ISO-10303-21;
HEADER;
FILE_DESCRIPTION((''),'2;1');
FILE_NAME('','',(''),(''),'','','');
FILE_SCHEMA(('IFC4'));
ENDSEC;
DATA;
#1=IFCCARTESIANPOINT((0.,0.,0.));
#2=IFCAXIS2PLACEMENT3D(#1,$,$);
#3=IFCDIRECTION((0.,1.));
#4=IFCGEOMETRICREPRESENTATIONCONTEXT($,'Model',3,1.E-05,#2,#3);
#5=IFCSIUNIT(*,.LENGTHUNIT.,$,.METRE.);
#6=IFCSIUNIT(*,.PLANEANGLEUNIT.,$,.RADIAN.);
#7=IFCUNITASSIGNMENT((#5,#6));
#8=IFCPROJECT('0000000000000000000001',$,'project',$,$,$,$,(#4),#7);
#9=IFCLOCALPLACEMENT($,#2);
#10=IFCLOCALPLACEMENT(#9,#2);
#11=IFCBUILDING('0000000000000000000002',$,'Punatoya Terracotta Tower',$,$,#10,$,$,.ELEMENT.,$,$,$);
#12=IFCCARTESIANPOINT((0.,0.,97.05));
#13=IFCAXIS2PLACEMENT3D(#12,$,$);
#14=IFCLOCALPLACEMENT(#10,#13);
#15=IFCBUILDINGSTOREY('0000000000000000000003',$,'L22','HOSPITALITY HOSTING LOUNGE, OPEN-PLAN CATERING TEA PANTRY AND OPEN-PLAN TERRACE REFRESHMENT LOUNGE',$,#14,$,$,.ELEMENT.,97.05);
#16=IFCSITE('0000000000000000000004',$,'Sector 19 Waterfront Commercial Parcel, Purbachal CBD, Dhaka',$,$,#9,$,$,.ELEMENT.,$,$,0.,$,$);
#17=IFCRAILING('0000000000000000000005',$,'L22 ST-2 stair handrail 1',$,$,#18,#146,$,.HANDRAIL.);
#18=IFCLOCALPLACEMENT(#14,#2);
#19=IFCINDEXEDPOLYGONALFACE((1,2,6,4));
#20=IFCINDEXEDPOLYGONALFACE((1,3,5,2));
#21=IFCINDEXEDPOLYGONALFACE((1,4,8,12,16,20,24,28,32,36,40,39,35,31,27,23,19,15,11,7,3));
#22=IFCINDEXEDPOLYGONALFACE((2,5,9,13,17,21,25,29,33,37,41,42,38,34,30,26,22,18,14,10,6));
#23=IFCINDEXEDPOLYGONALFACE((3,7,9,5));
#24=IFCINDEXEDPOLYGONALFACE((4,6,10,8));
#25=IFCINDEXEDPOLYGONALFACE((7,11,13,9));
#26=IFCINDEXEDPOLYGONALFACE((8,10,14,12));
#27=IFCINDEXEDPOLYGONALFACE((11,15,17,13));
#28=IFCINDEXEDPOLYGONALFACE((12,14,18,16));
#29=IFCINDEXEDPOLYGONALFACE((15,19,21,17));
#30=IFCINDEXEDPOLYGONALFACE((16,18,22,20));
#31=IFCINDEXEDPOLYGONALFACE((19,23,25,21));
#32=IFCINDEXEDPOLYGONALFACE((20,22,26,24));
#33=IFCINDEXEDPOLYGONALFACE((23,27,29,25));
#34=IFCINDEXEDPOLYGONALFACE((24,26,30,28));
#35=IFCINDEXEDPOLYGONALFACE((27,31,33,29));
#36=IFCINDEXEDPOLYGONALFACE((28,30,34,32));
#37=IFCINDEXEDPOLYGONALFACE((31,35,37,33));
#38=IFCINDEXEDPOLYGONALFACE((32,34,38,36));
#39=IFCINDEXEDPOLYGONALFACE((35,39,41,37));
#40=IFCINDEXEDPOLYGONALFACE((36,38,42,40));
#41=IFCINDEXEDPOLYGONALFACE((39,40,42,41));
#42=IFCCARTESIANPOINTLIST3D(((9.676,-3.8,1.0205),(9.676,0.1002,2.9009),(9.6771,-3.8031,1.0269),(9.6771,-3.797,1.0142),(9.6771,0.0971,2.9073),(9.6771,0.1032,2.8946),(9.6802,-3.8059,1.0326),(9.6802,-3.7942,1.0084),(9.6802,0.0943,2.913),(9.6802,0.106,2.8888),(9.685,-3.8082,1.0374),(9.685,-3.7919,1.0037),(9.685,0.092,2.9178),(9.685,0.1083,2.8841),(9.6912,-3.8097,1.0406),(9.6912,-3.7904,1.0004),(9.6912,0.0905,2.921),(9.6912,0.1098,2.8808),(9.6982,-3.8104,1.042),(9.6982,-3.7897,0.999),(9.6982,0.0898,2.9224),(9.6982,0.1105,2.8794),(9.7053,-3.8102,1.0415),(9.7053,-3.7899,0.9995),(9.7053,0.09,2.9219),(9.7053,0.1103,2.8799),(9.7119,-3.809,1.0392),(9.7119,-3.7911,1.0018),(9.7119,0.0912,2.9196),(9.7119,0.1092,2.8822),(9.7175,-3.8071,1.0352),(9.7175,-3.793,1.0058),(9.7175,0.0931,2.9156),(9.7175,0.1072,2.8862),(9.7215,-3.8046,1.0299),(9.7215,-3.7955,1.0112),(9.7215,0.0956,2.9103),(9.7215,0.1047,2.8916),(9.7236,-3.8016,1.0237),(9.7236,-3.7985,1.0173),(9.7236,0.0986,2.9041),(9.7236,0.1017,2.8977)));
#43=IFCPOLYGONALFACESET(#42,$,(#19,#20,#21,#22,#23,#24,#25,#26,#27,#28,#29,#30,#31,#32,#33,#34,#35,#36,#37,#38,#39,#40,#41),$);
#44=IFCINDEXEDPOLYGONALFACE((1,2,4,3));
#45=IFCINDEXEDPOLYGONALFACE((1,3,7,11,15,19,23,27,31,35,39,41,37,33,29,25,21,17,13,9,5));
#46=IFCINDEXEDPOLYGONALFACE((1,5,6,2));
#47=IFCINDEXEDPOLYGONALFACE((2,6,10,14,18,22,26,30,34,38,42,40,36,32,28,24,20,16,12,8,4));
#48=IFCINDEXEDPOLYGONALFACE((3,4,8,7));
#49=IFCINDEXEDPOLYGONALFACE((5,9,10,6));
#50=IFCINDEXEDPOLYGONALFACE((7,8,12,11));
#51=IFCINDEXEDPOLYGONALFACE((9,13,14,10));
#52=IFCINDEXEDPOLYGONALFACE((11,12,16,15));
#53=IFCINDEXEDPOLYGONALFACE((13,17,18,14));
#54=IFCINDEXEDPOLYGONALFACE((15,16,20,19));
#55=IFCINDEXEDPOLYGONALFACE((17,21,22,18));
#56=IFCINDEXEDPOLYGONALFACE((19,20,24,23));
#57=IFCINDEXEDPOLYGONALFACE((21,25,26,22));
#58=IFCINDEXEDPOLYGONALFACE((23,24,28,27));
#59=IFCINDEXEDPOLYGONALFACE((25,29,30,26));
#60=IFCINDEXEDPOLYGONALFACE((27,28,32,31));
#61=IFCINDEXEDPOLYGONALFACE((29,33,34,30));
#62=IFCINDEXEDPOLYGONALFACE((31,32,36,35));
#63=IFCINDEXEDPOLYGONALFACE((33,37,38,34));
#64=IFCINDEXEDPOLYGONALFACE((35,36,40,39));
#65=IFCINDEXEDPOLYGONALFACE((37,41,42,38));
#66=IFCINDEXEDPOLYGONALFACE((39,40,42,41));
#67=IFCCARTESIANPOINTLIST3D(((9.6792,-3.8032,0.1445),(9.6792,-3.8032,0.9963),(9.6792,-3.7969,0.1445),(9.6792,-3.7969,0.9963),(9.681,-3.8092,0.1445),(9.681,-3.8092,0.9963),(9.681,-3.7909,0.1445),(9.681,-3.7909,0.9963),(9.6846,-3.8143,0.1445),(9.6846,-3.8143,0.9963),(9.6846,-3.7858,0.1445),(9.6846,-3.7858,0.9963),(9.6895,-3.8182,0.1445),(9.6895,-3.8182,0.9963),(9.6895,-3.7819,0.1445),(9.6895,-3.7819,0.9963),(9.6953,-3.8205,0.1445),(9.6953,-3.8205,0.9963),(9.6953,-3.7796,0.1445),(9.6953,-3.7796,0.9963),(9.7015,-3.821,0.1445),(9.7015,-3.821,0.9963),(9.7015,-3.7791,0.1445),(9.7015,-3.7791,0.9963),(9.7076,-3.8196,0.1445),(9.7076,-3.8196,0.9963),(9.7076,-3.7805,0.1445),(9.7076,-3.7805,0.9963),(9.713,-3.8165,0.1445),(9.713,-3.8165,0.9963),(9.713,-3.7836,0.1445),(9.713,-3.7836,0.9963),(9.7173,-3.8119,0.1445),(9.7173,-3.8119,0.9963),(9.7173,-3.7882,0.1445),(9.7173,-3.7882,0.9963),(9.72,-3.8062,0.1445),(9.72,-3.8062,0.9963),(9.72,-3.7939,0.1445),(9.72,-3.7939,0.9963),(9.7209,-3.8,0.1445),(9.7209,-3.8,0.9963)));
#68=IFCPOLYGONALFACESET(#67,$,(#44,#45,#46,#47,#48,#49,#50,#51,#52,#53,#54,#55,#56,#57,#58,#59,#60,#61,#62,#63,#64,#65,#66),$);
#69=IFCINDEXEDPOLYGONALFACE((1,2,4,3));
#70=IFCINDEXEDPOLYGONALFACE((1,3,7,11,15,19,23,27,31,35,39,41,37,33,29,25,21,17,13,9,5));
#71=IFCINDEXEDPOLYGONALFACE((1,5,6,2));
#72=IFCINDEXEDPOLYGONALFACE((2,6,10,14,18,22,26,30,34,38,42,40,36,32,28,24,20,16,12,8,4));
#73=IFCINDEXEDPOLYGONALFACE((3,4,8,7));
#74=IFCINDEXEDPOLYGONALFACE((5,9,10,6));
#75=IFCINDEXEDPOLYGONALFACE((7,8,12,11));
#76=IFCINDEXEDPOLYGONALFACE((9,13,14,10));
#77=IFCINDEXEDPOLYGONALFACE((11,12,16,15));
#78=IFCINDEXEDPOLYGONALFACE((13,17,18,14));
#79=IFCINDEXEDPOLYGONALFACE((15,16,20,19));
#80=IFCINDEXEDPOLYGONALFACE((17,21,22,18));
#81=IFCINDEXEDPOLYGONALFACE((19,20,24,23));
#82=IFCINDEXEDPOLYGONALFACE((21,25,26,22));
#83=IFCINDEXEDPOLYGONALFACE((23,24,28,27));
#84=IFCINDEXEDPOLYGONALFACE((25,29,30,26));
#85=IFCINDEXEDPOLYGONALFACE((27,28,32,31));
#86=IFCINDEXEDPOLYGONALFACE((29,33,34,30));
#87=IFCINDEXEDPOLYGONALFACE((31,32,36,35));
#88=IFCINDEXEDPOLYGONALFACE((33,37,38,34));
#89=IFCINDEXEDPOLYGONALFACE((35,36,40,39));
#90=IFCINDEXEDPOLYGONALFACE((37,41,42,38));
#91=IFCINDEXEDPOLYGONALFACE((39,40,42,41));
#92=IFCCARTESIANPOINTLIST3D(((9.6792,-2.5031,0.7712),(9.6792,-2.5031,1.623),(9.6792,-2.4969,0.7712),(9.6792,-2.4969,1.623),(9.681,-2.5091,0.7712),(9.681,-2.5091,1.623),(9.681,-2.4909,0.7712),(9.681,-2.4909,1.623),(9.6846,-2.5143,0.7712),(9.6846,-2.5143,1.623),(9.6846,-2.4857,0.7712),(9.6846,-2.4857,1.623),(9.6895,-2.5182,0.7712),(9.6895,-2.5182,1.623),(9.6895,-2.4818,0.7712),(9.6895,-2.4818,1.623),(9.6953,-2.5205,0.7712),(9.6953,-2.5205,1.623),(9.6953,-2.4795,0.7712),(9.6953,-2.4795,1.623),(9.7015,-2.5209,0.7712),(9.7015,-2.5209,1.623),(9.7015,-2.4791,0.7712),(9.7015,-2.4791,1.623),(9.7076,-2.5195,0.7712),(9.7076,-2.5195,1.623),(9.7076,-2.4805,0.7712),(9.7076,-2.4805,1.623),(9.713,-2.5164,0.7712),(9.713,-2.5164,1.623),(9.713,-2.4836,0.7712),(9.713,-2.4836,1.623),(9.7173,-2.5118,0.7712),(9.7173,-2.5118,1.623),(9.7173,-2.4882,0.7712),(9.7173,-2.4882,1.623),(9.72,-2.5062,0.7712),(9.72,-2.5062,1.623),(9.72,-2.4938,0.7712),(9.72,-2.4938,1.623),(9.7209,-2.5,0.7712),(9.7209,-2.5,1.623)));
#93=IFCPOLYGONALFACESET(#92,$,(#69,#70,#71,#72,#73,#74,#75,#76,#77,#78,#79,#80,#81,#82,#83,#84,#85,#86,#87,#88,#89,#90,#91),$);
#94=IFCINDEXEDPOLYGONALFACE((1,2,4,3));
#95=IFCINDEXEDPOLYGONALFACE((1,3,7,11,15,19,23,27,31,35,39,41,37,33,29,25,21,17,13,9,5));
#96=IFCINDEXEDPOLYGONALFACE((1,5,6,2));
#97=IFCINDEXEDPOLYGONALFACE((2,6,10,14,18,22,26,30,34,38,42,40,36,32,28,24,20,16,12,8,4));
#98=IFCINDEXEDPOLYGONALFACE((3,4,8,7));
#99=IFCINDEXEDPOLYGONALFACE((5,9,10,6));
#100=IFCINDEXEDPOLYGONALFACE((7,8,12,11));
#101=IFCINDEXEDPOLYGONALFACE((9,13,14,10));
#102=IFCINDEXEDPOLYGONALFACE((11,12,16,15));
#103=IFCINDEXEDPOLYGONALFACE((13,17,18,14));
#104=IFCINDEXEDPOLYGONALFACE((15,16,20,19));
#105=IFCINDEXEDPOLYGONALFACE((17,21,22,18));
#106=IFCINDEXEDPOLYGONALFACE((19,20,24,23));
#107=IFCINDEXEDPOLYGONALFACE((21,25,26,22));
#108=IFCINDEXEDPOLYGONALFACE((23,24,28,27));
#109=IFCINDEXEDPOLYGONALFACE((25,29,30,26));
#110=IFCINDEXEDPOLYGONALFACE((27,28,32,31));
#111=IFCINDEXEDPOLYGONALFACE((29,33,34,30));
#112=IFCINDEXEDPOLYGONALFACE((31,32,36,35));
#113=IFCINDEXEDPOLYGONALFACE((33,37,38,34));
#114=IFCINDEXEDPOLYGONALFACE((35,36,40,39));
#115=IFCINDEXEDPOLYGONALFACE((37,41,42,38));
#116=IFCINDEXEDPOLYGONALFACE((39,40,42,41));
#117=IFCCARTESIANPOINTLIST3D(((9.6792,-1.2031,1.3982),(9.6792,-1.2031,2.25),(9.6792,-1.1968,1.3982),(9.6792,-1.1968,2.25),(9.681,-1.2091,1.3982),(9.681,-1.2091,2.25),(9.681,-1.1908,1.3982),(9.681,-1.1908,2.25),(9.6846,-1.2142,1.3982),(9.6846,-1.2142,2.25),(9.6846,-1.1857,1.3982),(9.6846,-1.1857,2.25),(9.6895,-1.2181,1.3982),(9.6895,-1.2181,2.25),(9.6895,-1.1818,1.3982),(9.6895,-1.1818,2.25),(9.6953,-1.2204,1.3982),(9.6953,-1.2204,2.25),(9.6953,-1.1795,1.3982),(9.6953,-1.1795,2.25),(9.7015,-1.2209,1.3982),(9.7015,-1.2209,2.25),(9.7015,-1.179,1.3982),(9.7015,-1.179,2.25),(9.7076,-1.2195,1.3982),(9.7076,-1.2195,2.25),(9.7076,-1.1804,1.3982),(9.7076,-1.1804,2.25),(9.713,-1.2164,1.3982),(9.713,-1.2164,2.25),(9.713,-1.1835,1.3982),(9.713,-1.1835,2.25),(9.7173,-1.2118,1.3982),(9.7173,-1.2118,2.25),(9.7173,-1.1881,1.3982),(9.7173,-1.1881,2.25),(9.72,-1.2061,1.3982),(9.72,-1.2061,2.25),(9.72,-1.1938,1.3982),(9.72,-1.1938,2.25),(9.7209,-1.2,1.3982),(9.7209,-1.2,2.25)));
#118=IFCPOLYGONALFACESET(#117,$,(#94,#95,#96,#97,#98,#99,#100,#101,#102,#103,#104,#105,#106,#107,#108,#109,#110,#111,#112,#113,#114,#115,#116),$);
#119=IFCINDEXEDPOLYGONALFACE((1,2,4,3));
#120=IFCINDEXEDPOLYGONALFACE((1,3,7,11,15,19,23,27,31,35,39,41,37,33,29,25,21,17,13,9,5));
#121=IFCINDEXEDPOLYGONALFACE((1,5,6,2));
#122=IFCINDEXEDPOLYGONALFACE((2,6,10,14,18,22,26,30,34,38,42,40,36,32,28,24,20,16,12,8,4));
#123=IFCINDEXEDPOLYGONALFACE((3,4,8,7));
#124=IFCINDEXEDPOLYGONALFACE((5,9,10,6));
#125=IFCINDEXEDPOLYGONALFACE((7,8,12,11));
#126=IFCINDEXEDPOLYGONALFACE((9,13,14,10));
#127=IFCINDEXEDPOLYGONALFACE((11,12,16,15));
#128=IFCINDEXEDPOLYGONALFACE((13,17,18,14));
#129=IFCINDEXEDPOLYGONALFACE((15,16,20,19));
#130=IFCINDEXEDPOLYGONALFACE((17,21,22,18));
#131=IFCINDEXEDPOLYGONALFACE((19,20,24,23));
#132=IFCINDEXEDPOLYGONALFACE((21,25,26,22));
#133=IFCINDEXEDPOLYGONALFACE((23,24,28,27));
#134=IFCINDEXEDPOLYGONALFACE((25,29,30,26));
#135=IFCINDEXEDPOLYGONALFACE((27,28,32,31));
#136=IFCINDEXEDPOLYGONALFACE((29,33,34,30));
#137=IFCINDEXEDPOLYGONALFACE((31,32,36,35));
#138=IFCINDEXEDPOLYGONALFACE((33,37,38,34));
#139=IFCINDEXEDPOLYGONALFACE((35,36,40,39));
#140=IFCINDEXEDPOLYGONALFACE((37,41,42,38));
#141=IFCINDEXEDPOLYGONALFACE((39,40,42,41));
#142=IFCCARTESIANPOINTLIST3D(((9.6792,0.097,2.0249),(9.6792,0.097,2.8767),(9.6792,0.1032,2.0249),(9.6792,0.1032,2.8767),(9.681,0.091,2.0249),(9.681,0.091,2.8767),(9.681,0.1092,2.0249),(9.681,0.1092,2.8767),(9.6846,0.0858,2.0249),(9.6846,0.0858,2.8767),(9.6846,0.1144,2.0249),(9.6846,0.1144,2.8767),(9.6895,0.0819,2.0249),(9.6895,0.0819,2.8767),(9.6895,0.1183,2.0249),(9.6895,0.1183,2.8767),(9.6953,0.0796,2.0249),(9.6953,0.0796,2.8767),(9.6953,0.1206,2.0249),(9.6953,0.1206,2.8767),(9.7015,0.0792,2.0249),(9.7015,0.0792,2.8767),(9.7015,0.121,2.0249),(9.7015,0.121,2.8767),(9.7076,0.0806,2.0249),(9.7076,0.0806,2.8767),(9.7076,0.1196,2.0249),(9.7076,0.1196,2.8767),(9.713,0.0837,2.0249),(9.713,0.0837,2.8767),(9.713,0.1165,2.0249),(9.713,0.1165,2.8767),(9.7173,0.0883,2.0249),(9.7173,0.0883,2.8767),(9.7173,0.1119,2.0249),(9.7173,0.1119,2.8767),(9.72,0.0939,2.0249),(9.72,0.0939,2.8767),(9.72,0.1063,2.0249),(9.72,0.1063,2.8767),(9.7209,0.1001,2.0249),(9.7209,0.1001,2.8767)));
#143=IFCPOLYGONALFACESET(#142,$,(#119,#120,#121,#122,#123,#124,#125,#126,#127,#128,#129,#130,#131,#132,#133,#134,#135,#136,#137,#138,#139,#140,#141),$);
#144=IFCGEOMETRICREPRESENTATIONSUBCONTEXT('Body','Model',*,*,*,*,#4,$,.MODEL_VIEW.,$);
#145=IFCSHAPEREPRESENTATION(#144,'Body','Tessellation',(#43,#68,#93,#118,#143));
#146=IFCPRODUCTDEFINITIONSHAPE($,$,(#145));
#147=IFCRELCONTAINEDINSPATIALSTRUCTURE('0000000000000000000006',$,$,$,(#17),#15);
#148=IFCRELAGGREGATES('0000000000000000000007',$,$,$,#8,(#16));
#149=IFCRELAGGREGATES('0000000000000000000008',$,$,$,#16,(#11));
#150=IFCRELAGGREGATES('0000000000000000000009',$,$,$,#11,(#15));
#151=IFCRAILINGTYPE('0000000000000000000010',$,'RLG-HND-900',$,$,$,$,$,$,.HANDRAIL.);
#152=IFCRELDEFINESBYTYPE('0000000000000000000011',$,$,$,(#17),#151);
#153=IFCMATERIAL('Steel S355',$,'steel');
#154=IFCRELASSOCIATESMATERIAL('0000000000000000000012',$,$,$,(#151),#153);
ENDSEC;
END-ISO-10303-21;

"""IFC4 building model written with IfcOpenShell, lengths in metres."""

from ifc_helpers import new_model, si_unit, direction, frame, origin, origin_2d, place, context, subcontext, project, spatial, circle, extrude, material, type_object, element, save


model = new_model("IFC4")

# Units and contexts
model_context = context("Model", 3, precision=1e-05, world=origin(), true_north=direction((0.0, 1.0)))
body_context = subcontext(model_context, "Body", "Model", "MODEL_VIEW")
ifc_project = project(units=[si_unit("LENGTHUNIT", "METRE"), si_unit("PLANEANGLEUNIT", "RADIAN")], contexts=[model_context])

# Site, building, storey
site_placement = place(None, origin())
site = spatial("IfcSite", under=ifc_project, at=site_placement, Name="Sector 19 Waterfront Commercial Parcel, Purbachal CBD, Dhaka", CompositionType="ELEMENT", RefElevation=0.0)
building_placement = place(site_placement, origin())
building = spatial("IfcBuilding", under=site, at=building_placement, Name="Punatoya Terracotta Tower", CompositionType="ELEMENT")
storey_placement = place(building_placement, frame((0.0, 0.0, 97.05)))
storey = spatial("IfcBuildingStorey", under=building, at=storey_placement, Name="L22", Description="HOSPITALITY HOSTING LOUNGE, OPEN-PLAN CATERING TEA PANTRY AND OPEN-PLAN TERRACE REFRESHMENT LOUNGE", CompositionType="ELEMENT", Elevation=97.05)

# Shared definitions
ifc_material_1 = material(Name="Steel S355", Category="steel")

# Railing
railing_type_1 = type_object("IfcRailingType", Name="RLG-HND-900", PredefinedType="HANDRAIL", material=ifc_material_1)
railing_1_placement = place(storey_placement, frame((9.7, -3.8, 0.1445)))
element("IfcRailing", 1, at=railing_1_placement, inside=storey, type_object=railing_type_1, Name="L22 ST-2 stair handrail 1", PredefinedType="HANDRAIL", context=body_context, shape_type="SweptSolid", body=[
    extrude(circle(Radius=0.0239, at=origin_2d()), frame((0.0, 0.0, 0.876), z_axis=(0.0, 0.900774, 0.434289), x_axis=(-1.0, 0.0, 0.0)), (0.0, 0.0, 1.0), 4.3298),
    extrude(circle(Radius=0.021, at=origin_2d()), origin(), (0.0, 0.0, 1.0), 0.8518),
    extrude(circle(Radius=0.021, at=origin_2d()), frame((0.0, 1.3, 0.6267)), (0.0, 0.0, 1.0), 0.8518),
    extrude(circle(Radius=0.021, at=origin_2d()), frame((0.0, 2.6001, 1.2537)), (0.0, 0.0, 1.0), 0.8518),
    extrude(circle(Radius=0.021, at=origin_2d()), frame((0.0, 3.9001, 1.8804)), (0.0, 0.0, 1.0), 0.8518),
])

save(model, "model.ifc")
